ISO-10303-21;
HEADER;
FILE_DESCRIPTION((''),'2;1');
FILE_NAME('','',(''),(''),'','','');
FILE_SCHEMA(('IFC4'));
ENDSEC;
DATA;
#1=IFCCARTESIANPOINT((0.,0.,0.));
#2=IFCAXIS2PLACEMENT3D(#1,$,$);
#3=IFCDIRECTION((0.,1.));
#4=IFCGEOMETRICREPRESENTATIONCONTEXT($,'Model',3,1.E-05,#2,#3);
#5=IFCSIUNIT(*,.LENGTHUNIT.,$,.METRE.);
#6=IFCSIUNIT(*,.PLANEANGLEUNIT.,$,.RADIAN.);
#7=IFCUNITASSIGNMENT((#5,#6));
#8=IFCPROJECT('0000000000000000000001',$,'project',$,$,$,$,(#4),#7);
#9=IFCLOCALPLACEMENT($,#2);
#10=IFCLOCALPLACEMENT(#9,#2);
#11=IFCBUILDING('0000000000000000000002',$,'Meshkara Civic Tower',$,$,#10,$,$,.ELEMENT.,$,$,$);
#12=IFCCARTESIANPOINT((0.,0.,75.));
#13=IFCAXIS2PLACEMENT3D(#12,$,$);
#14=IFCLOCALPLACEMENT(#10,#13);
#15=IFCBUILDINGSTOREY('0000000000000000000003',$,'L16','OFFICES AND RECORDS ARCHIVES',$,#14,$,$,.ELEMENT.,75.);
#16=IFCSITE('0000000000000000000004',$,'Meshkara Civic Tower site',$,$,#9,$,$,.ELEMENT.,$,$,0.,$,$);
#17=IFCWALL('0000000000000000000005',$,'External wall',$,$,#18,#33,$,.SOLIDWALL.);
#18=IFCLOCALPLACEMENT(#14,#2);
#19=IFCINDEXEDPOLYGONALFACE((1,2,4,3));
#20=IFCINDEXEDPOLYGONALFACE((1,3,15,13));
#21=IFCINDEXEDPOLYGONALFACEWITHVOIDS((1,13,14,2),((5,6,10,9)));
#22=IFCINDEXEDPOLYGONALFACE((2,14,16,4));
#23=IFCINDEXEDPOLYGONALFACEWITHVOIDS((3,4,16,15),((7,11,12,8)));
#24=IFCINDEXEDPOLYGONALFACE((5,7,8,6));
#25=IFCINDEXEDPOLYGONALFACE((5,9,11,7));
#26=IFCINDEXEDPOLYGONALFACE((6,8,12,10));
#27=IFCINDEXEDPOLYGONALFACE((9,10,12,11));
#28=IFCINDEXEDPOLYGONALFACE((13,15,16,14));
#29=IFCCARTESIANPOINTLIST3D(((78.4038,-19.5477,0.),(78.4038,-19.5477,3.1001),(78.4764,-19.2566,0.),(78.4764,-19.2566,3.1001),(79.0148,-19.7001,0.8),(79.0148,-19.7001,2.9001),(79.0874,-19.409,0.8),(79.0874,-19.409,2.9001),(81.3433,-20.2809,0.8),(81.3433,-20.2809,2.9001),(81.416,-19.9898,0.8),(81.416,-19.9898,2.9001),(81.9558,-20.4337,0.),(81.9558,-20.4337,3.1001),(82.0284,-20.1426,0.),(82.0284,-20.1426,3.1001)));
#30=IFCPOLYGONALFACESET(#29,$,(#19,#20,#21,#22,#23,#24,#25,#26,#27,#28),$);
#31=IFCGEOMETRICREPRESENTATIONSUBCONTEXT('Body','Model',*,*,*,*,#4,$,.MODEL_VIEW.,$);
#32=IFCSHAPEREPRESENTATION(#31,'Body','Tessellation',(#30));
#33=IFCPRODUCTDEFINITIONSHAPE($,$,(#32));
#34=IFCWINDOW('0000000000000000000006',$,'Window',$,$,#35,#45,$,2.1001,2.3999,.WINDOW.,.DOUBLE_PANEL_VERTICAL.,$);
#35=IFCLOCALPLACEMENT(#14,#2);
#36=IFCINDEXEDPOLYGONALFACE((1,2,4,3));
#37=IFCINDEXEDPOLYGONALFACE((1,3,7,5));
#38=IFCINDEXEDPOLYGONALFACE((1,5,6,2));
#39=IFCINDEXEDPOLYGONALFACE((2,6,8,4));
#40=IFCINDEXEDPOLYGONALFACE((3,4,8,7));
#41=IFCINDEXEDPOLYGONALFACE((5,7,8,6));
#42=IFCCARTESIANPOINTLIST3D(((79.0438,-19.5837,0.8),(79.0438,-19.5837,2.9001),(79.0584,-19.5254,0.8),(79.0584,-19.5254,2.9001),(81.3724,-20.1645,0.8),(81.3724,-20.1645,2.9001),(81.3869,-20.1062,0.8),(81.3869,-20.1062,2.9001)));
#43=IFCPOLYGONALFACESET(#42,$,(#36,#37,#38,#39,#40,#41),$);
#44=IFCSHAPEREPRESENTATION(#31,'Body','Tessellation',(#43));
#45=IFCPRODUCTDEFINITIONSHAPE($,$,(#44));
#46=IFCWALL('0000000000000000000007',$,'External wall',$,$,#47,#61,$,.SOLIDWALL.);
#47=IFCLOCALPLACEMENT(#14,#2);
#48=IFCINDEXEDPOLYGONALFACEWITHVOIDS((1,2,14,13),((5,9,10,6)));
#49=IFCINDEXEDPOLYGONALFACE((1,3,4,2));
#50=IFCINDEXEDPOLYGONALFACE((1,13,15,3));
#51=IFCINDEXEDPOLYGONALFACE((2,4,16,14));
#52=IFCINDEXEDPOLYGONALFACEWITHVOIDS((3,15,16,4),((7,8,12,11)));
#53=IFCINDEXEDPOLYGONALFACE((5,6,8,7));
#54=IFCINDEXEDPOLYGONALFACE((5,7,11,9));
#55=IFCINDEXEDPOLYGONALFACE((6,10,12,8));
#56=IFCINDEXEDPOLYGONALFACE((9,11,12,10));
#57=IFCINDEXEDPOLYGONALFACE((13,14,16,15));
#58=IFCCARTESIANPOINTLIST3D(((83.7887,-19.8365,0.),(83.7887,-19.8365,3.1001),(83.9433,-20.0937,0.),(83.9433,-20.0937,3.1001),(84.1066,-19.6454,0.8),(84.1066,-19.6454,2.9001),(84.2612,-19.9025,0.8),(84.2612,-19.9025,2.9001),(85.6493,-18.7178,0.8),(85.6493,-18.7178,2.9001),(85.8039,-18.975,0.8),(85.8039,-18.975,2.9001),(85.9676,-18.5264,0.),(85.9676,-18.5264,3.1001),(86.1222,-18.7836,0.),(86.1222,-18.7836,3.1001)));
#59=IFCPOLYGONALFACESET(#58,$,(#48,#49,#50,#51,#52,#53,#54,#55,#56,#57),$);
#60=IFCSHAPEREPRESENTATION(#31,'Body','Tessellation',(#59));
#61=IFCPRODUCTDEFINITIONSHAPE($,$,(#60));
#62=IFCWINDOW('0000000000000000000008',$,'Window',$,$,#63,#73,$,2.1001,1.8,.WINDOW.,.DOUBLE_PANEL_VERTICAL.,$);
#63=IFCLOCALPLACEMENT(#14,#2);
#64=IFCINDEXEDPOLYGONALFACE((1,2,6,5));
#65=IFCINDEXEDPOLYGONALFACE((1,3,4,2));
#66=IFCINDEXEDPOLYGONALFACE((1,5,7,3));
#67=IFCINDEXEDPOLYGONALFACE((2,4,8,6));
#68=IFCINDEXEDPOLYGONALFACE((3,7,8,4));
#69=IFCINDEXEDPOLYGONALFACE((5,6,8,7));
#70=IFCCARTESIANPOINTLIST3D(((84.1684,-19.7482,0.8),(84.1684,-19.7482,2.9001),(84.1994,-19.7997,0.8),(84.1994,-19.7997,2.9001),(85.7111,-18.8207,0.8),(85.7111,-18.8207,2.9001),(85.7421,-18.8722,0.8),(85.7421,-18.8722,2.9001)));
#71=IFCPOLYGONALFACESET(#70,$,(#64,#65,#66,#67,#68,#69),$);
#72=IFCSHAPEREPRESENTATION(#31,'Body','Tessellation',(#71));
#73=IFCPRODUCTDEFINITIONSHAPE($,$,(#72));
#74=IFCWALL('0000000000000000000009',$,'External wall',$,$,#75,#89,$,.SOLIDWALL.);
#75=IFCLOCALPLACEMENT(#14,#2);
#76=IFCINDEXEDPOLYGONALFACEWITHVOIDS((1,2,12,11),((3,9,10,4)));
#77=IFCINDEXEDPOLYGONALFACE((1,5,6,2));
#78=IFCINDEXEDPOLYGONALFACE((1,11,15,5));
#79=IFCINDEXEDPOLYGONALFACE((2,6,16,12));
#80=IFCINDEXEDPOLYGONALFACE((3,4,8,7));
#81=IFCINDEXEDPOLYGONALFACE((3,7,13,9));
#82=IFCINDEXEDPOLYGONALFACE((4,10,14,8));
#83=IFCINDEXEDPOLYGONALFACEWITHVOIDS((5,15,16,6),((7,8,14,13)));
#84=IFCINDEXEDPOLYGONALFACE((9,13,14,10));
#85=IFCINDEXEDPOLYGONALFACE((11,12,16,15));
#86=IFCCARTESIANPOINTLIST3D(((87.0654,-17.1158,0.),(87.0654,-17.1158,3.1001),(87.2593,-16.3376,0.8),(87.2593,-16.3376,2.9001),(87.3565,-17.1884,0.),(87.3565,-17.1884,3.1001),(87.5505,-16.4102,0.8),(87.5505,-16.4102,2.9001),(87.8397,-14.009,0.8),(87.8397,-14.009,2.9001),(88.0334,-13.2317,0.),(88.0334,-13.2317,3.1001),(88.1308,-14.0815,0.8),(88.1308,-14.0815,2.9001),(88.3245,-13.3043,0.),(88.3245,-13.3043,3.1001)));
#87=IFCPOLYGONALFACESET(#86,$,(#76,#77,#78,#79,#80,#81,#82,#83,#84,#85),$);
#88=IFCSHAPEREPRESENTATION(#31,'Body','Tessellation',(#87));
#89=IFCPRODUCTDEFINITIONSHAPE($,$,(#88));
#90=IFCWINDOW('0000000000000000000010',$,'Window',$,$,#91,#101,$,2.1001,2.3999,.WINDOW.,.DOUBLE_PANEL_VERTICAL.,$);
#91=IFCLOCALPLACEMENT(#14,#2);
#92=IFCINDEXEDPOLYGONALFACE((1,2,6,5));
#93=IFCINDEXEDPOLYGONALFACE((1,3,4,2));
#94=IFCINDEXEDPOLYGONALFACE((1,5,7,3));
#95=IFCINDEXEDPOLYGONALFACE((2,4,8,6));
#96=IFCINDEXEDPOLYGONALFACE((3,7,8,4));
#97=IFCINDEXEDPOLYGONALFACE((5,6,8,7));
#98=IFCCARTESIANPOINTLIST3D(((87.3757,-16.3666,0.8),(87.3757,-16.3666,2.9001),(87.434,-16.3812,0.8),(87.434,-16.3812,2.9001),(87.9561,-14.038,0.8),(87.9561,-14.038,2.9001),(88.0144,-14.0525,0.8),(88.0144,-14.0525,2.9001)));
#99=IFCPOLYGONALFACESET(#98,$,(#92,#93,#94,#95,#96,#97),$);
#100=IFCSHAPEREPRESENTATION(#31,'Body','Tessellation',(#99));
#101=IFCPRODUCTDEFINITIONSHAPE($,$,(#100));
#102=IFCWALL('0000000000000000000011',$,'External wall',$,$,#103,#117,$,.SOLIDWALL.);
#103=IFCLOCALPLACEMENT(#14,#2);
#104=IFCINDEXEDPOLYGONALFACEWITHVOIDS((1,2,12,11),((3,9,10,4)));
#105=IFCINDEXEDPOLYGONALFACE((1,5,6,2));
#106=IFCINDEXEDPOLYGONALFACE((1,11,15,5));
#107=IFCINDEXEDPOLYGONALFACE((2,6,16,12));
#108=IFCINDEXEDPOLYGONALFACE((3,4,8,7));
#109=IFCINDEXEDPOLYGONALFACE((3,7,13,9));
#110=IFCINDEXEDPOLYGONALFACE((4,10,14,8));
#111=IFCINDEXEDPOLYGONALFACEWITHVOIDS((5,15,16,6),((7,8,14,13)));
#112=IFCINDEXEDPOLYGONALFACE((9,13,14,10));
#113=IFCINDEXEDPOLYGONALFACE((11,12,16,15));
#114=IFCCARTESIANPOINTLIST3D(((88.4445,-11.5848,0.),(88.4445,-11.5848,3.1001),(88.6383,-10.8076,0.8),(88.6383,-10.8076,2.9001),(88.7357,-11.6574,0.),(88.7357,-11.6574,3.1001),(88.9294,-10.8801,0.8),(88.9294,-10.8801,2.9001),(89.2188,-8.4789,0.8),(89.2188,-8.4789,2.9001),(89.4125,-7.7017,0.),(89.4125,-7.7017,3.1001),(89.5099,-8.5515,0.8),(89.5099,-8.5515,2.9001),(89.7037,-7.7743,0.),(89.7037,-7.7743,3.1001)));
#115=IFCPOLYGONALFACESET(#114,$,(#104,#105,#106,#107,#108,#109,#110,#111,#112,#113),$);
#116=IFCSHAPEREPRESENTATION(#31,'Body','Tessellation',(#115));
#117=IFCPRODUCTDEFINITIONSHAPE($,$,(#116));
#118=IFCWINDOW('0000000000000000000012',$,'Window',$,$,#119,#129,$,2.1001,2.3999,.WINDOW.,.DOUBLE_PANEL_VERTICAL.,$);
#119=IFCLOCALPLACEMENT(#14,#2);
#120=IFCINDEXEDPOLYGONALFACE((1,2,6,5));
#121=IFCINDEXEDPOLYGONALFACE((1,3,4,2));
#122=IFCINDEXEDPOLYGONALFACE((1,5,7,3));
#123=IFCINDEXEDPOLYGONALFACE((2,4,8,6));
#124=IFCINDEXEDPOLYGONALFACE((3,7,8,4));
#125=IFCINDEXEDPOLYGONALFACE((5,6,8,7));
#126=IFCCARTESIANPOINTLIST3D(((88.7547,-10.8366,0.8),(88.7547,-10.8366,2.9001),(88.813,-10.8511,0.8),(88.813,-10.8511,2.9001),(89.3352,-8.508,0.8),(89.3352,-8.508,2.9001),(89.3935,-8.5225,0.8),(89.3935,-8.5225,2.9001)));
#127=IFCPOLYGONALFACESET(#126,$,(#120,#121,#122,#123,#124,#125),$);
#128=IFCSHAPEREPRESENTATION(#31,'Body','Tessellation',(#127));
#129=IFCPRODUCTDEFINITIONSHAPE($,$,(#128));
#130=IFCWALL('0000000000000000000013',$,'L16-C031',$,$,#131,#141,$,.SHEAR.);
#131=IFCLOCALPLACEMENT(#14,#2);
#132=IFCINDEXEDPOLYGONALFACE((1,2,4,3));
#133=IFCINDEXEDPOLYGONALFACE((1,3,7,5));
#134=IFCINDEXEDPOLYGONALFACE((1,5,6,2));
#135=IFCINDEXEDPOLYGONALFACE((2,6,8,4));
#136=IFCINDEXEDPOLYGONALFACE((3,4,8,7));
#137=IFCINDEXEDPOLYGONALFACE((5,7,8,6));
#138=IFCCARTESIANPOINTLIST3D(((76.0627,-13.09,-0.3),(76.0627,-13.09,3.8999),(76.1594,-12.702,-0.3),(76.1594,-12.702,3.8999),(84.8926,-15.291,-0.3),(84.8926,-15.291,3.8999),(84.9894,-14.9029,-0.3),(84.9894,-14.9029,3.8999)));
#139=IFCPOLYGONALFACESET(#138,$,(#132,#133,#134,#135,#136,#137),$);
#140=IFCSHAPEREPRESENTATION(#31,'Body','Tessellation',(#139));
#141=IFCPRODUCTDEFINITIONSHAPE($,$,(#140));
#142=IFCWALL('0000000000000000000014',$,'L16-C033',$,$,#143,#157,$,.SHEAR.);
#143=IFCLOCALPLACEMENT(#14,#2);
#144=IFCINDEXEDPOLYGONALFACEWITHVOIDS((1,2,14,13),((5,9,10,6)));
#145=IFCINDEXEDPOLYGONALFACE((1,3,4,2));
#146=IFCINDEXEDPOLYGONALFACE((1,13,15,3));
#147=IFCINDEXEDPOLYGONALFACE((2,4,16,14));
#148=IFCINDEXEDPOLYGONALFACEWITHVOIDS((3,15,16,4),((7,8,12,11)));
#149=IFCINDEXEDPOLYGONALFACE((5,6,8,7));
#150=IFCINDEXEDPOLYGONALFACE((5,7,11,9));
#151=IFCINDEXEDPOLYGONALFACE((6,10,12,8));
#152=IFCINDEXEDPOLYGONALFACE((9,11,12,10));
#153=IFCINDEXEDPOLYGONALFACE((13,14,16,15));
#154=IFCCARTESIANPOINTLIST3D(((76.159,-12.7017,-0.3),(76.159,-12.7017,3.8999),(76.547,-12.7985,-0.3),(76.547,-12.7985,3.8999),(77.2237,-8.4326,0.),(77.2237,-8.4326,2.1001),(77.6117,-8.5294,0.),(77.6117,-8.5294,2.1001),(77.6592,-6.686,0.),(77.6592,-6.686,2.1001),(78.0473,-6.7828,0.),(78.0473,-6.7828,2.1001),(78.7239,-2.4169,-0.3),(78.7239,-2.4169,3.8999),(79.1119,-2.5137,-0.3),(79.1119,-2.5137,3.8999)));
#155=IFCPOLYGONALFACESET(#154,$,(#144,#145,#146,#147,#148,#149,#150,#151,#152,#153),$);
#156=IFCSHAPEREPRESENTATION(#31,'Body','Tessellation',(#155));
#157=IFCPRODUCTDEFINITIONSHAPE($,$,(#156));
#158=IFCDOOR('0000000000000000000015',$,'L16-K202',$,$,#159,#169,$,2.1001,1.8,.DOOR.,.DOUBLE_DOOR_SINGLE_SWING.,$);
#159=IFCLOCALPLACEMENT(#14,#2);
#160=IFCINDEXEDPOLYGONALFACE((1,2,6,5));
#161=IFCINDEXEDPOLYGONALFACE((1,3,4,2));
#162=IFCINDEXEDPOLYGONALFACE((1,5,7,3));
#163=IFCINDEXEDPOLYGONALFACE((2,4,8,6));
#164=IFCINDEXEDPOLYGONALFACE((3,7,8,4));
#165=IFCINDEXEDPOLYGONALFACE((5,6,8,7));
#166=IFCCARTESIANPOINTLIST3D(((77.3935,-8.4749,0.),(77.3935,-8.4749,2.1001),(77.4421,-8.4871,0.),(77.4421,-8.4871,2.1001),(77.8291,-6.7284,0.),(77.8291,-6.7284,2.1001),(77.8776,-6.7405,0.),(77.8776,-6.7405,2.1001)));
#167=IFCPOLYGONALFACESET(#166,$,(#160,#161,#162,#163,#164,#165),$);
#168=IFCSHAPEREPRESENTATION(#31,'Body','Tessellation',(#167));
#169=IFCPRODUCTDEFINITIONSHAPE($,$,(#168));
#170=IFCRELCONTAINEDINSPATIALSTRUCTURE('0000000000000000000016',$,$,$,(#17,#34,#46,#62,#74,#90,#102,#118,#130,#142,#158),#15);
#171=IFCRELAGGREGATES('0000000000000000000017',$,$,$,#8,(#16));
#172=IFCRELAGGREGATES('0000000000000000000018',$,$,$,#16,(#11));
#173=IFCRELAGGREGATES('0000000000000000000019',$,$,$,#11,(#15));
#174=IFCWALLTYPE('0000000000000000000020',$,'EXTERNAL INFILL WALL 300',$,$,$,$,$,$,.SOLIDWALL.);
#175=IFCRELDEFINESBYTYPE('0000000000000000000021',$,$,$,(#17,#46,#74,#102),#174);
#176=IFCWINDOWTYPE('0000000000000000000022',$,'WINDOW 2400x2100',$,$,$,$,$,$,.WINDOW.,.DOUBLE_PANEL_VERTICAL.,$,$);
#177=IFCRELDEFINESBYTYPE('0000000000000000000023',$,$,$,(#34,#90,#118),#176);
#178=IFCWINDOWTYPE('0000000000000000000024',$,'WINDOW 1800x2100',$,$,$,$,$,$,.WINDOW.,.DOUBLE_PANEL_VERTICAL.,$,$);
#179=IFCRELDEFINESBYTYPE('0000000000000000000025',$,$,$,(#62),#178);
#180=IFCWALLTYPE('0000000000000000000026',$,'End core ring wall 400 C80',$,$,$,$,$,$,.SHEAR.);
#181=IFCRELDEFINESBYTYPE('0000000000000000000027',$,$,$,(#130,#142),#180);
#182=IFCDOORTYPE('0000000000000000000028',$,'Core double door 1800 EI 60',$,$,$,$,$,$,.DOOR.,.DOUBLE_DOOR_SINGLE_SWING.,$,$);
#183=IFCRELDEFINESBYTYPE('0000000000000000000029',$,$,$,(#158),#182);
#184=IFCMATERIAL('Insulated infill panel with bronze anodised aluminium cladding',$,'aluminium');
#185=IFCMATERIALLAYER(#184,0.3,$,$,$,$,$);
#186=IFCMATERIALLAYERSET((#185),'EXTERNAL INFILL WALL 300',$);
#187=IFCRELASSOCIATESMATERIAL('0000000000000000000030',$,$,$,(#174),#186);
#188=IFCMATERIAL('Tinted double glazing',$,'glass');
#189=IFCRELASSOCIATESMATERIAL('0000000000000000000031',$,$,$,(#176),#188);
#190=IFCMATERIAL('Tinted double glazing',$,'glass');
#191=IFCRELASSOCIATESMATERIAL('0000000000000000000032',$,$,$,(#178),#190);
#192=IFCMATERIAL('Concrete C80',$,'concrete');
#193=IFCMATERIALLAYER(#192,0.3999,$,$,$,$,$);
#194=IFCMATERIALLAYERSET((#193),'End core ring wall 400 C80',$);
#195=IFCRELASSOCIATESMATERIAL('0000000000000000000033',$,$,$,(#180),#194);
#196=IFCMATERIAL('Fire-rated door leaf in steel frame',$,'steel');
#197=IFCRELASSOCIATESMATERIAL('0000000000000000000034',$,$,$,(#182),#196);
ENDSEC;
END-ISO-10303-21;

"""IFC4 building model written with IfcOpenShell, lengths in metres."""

from ifc_helpers import new_model, si_unit, direction, frame, frame_2d, origin, place, context, subcontext, project, spatial, rectangle, extrude, material, layer, layer_set, type_object, element, fill, save


model = new_model("IFC4")

# Units and contexts
model_context = context("Model", 3, precision=1e-05, world=origin(), true_north=direction((0.0, 1.0)))
body_context = subcontext(model_context, "Body", "Model", "MODEL_VIEW")
ifc_project = project(units=[si_unit("LENGTHUNIT", "METRE"), si_unit("PLANEANGLEUNIT", "RADIAN")], contexts=[model_context])

# Site, building, storey
site_placement = place(None, origin())
site = spatial("IfcSite", under=ifc_project, at=site_placement, Name="Meshkara Civic Tower site", CompositionType="ELEMENT", RefElevation=0.0)
building_placement = place(site_placement, origin())
building = spatial("IfcBuilding", under=site, at=building_placement, Name="Meshkara Civic Tower", CompositionType="ELEMENT")
storey_placement = place(building_placement, frame((0.0, 0.0, 75.0)))
storey = spatial("IfcBuildingStorey", under=building, at=storey_placement, Name="L16", Description="OFFICES AND RECORDS ARCHIVES", CompositionType="ELEMENT", Elevation=75.0)

# Walls, openings, windows
ifc_material_1 = material(Name="Insulated infill panel with bronze anodised aluminium cladding", Category="aluminium")
ifc_layer_1 = layer(ifc_material_1, 0.3)
ifc_layer_set_1 = layer_set([ifc_layer_1], Name="EXTERNAL INFILL WALL 300")
wall_type_1 = type_object("IfcWallType", Name="EXTERNAL INFILL WALL 300", PredefinedType="SOLIDWALL", material=ifc_layer_set_1)
wall_1_placement = place(storey_placement, frame((78.4399, -19.4021, 0.0), z_axis=(0.0, 0.0, 1.0), x_axis=(0.970272, -0.242018, 0.0)))
wall_1 = element("IfcWall", 1, at=wall_1_placement, inside=storey, type_object=wall_type_1, Name="External wall", PredefinedType="SOLIDWALL", context=body_context, shape_type="SweptSolid", body=[
    extrude(rectangle(XDim=3.6609, YDim=0.3, at=frame_2d((1.8306, 0.0))), origin(), (0.0, 0.0, 1.0), 3.1001),
])
opening_1_placement = place(wall_1_placement, frame((0.6299, 0.0, 0.8)))
opening_1 = element("IfcOpeningElement", 2, at=opening_1_placement, cuts=wall_1, PredefinedType="OPENING", context=body_context, shape_type="SweptSolid", body=[
    extrude(rectangle(XDim=2.3999, YDim=2.1001, at=frame_2d((1.2, 1.05))), frame((0.0, 0.1599, 0.0), z_axis=(0.0, -1.0, 0.0), x_axis=(1.0, 0.0, 0.0)), (0.0, 0.0, 1.0), 0.3201),
])
ifc_material_2 = material(Name="Tinted double glazing", Category="glass")
window_type_1 = type_object("IfcWindowType", Name="WINDOW 2400x2100", PartitioningType="DOUBLE_PANEL_VERTICAL", PredefinedType="WINDOW", material=ifc_material_2)
window_1_placement = place(opening_1_placement, origin())
window_1 = element("IfcWindow", 3, at=window_1_placement, inside=storey, type_object=window_type_1, Name="Window", OverallHeight=2.1001, OverallWidth=2.3999, PartitioningType="DOUBLE_PANEL_VERTICAL", PredefinedType="WINDOW", context=body_context, shape_type="SweptSolid", body=[
    extrude(rectangle(XDim=2.3999, YDim=2.1001, at=frame_2d((1.2, 1.05))), frame((0.0, 0.03, 0.0), z_axis=(0.0, -1.0, 0.0), x_axis=(1.0, 0.0, 0.0)), (0.0, 0.0, 1.0), 0.0601),
])
fill(opening_1, window_1)
wall_2_placement = place(storey_placement, frame((83.866, -19.9651, 0.0), z_axis=(0.0, 0.0, 1.0), x_axis=(0.857027, 0.515272, 0.0)))
wall_2 = element("IfcWall", 4, at=wall_2_placement, inside=storey, type_object=wall_type_1, Name="External wall", PredefinedType="SOLIDWALL", context=body_context, shape_type="SweptSolid", body=[
    extrude(rectangle(XDim=2.5425, YDim=0.3, at=frame_2d((1.2712, 0.0))), origin(), (0.0, 0.0, 1.0), 3.1001),
])
opening_2_placement = place(wall_2_placement, frame((0.3711, 0.0, 0.8)))
opening_2 = element("IfcOpeningElement", 5, at=opening_2_placement, cuts=wall_2, PredefinedType="OPENING", context=body_context, shape_type="SweptSolid", body=[
    extrude(rectangle(XDim=1.8, YDim=2.1001, at=frame_2d((0.8999, 1.05))), frame((0.0, 0.1599, 0.0), z_axis=(0.0, -1.0, 0.0), x_axis=(1.0, 0.0, 0.0)), (0.0, 0.0, 1.0), 0.3201),
])
ifc_material_3 = material(Name="Tinted double glazing", Category="glass")
window_type_2 = type_object("IfcWindowType", Name="WINDOW 1800x2100", PartitioningType="DOUBLE_PANEL_VERTICAL", PredefinedType="WINDOW", material=ifc_material_3)
window_2_placement = place(opening_2_placement, origin())
window_2 = element("IfcWindow", 6, at=window_2_placement, inside=storey, type_object=window_type_2, Name="Window", OverallHeight=2.1001, OverallWidth=1.8, PartitioningType="DOUBLE_PANEL_VERTICAL", PredefinedType="WINDOW", context=body_context, shape_type="SweptSolid", body=[
    extrude(rectangle(XDim=1.8, YDim=2.1001, at=frame_2d((0.8999, 1.05))), frame((0.0, 0.03, 0.0), z_axis=(0.0, -1.0, 0.0), x_axis=(1.0, 0.0, 0.0)), (0.0, 0.0, 1.0), 0.0601),
])
fill(opening_2, window_2)
wall_3_placement = place(storey_placement, frame((87.2109, -17.1521, 0.0), z_axis=(0.0, 0.0, 1.0), x_axis=(0.241832, 0.970318, 0.0)))
wall_3 = element("IfcWall", 7, at=wall_3_placement, inside=storey, type_object=wall_type_1, Name="External wall", PredefinedType="SOLIDWALL", context=body_context, shape_type="SweptSolid", body=[
    extrude(rectangle(XDim=4.0029, YDim=0.3, at=frame_2d((2.0015, 0.0))), origin(), (0.0, 0.0, 1.0), 3.1001),
])
opening_3_placement = place(wall_3_placement, frame((0.802, 0.0, 0.8)))
opening_3 = element("IfcOpeningElement", 8, at=opening_3_placement, cuts=wall_3, PredefinedType="OPENING", context=body_context, shape_type="SweptSolid", body=[
    extrude(rectangle(XDim=2.3999, YDim=2.1001, at=frame_2d((1.2, 1.05))), frame((0.0, 0.1599, 0.0), z_axis=(0.0, -1.0, 0.0), x_axis=(1.0, 0.0, 0.0)), (0.0, 0.0, 1.0), 0.3201),
])
window_3_placement = place(opening_3_placement, origin())
window_3 = element("IfcWindow", 9, at=window_3_placement, inside=storey, type_object=window_type_1, Name="Window", OverallHeight=2.1001, OverallWidth=2.3999, PartitioningType="DOUBLE_PANEL_VERTICAL", PredefinedType="WINDOW", context=body_context, shape_type="SweptSolid", body=[
    extrude(rectangle(XDim=2.3999, YDim=2.1001, at=frame_2d((1.2, 1.05))), frame((0.0, 0.03, 0.0), z_axis=(0.0, -1.0, 0.0), x_axis=(1.0, 0.0, 0.0)), (0.0, 0.0, 1.0), 0.0601),
])
fill(opening_3, window_3)
wall_4_placement = place(storey_placement, frame((88.5901, -11.6211, 0.0), z_axis=(0.0, 0.0, 1.0), x_axis=(0.24189, 0.970304, 0.0)))
wall_4 = element("IfcWall", 10, at=wall_4_placement, inside=storey, type_object=wall_type_1, Name="External wall", PredefinedType="SOLIDWALL", context=body_context, shape_type="SweptSolid", body=[
    extrude(rectangle(XDim=4.002, YDim=0.3, at=frame_2d((2.001, 0.0))), origin(), (0.0, 0.0, 1.0), 3.1001),
])
opening_4_placement = place(wall_4_placement, frame((0.801, 0.0, 0.8)))
opening_4 = element("IfcOpeningElement", 11, at=opening_4_placement, cuts=wall_4, PredefinedType="OPENING", context=body_context, shape_type="SweptSolid", body=[
    extrude(rectangle(XDim=2.3999, YDim=2.1001, at=frame_2d((1.2, 1.05))), frame((0.0, 0.1599, 0.0), z_axis=(0.0, -1.0, 0.0), x_axis=(1.0, 0.0, 0.0)), (0.0, 0.0, 1.0), 0.3201),
])
window_4_placement = place(opening_4_placement, origin())
window_4 = element("IfcWindow", 12, at=window_4_placement, inside=storey, type_object=window_type_1, Name="Window", OverallHeight=2.1001, OverallWidth=2.3999, PartitioningType="DOUBLE_PANEL_VERTICAL", PredefinedType="WINDOW", context=body_context, shape_type="SweptSolid", body=[
    extrude(rectangle(XDim=2.3999, YDim=2.1001, at=frame_2d((1.2, 1.05))), frame((0.0, 0.03, 0.0), z_axis=(0.0, -1.0, 0.0), x_axis=(1.0, 0.0, 0.0)), (0.0, 0.0, 1.0), 0.0601),
])
fill(opening_4, window_4)

# Wall
ifc_material_4 = material(Name="Concrete C80", Category="concrete")
ifc_layer_2 = layer(ifc_material_4, 0.3999)
ifc_layer_set_2 = layer_set([ifc_layer_2], Name="End core ring wall 400 C80")
wall_type_2 = type_object("IfcWallType", Name="End core ring wall 400 C80", PredefinedType="SHEAR", material=ifc_layer_set_2)
wall_5_placement = place(storey_placement, frame((76.1111, -12.896, -0.3), z_axis=(0.0, 0.0, 1.0), x_axis=(0.970311, -0.24186, 0.0)))
element("IfcWall", 13, at=wall_5_placement, inside=storey, type_object=wall_type_2, Name="L16-C031", PredefinedType="SHEAR", context=body_context, shape_type="SweptSolid", body=[
    extrude(rectangle(XDim=9.1001, YDim=0.3999, at=frame_2d((4.55, 0.0))), origin(), (0.0, 0.0, 1.0), 4.2),
])

# Wall, opening, door
wall_6_placement = place(storey_placement, frame((76.353, -12.75, -0.3), z_axis=(0.0, 0.0, 1.0), x_axis=(0.241977, 0.970282, 0.0)))
wall_6 = element("IfcWall", 14, at=wall_6_placement, inside=storey, type_object=wall_type_2, Name="L16-C033", PredefinedType="SHEAR", context=body_context, shape_type="SweptSolid", body=[
    extrude(rectangle(XDim=10.5999, YDim=0.3999, at=frame_2d((5.2998, 0.0))), origin(), (0.0, 0.0, 1.0), 4.2),
])
opening_5_placement = place(wall_6_placement, frame((4.3999, 0.0, 0.3)))
opening_5 = element("IfcOpeningElement", 15, at=opening_5_placement, cuts=wall_6, PredefinedType="OPENING", context=body_context, shape_type="SweptSolid", body=[
    extrude(rectangle(XDim=1.8, YDim=2.1001, at=frame_2d((0.8999, 1.05))), frame((0.0, 0.21, 0.0), z_axis=(0.0, -1.0, 0.0), x_axis=(1.0, 0.0, 0.0)), (0.0, 0.0, 1.0), 0.4199),
])
ifc_material_5 = material(Name="Fire-rated door leaf in steel frame", Category="steel")
door_type_1 = type_object("IfcDoorType", Name="Core double door 1800 EI 60", OperationType="DOUBLE_DOOR_SINGLE_SWING", PredefinedType="DOOR", material=ifc_material_5)
door_1_placement = place(opening_5_placement, origin())
door_1 = element("IfcDoor", 16, at=door_1_placement, inside=storey, type_object=door_type_1, Name="L16-K202", OperationType="DOUBLE_DOOR_SINGLE_SWING", OverallHeight=2.1001, OverallWidth=1.8, PredefinedType="DOOR", context=body_context, shape_type="SweptSolid", body=[
    extrude(rectangle(XDim=1.8, YDim=2.1001, at=frame_2d((0.8999, 1.05))), frame((0.0, 0.0249, 0.0), z_axis=(0.0, -1.0, 0.0), x_axis=(1.0, 0.0, 0.0)), (0.0, 0.0, 1.0), 0.05),
])
fill(opening_5, door_1)

save(model, "model.ifc")
